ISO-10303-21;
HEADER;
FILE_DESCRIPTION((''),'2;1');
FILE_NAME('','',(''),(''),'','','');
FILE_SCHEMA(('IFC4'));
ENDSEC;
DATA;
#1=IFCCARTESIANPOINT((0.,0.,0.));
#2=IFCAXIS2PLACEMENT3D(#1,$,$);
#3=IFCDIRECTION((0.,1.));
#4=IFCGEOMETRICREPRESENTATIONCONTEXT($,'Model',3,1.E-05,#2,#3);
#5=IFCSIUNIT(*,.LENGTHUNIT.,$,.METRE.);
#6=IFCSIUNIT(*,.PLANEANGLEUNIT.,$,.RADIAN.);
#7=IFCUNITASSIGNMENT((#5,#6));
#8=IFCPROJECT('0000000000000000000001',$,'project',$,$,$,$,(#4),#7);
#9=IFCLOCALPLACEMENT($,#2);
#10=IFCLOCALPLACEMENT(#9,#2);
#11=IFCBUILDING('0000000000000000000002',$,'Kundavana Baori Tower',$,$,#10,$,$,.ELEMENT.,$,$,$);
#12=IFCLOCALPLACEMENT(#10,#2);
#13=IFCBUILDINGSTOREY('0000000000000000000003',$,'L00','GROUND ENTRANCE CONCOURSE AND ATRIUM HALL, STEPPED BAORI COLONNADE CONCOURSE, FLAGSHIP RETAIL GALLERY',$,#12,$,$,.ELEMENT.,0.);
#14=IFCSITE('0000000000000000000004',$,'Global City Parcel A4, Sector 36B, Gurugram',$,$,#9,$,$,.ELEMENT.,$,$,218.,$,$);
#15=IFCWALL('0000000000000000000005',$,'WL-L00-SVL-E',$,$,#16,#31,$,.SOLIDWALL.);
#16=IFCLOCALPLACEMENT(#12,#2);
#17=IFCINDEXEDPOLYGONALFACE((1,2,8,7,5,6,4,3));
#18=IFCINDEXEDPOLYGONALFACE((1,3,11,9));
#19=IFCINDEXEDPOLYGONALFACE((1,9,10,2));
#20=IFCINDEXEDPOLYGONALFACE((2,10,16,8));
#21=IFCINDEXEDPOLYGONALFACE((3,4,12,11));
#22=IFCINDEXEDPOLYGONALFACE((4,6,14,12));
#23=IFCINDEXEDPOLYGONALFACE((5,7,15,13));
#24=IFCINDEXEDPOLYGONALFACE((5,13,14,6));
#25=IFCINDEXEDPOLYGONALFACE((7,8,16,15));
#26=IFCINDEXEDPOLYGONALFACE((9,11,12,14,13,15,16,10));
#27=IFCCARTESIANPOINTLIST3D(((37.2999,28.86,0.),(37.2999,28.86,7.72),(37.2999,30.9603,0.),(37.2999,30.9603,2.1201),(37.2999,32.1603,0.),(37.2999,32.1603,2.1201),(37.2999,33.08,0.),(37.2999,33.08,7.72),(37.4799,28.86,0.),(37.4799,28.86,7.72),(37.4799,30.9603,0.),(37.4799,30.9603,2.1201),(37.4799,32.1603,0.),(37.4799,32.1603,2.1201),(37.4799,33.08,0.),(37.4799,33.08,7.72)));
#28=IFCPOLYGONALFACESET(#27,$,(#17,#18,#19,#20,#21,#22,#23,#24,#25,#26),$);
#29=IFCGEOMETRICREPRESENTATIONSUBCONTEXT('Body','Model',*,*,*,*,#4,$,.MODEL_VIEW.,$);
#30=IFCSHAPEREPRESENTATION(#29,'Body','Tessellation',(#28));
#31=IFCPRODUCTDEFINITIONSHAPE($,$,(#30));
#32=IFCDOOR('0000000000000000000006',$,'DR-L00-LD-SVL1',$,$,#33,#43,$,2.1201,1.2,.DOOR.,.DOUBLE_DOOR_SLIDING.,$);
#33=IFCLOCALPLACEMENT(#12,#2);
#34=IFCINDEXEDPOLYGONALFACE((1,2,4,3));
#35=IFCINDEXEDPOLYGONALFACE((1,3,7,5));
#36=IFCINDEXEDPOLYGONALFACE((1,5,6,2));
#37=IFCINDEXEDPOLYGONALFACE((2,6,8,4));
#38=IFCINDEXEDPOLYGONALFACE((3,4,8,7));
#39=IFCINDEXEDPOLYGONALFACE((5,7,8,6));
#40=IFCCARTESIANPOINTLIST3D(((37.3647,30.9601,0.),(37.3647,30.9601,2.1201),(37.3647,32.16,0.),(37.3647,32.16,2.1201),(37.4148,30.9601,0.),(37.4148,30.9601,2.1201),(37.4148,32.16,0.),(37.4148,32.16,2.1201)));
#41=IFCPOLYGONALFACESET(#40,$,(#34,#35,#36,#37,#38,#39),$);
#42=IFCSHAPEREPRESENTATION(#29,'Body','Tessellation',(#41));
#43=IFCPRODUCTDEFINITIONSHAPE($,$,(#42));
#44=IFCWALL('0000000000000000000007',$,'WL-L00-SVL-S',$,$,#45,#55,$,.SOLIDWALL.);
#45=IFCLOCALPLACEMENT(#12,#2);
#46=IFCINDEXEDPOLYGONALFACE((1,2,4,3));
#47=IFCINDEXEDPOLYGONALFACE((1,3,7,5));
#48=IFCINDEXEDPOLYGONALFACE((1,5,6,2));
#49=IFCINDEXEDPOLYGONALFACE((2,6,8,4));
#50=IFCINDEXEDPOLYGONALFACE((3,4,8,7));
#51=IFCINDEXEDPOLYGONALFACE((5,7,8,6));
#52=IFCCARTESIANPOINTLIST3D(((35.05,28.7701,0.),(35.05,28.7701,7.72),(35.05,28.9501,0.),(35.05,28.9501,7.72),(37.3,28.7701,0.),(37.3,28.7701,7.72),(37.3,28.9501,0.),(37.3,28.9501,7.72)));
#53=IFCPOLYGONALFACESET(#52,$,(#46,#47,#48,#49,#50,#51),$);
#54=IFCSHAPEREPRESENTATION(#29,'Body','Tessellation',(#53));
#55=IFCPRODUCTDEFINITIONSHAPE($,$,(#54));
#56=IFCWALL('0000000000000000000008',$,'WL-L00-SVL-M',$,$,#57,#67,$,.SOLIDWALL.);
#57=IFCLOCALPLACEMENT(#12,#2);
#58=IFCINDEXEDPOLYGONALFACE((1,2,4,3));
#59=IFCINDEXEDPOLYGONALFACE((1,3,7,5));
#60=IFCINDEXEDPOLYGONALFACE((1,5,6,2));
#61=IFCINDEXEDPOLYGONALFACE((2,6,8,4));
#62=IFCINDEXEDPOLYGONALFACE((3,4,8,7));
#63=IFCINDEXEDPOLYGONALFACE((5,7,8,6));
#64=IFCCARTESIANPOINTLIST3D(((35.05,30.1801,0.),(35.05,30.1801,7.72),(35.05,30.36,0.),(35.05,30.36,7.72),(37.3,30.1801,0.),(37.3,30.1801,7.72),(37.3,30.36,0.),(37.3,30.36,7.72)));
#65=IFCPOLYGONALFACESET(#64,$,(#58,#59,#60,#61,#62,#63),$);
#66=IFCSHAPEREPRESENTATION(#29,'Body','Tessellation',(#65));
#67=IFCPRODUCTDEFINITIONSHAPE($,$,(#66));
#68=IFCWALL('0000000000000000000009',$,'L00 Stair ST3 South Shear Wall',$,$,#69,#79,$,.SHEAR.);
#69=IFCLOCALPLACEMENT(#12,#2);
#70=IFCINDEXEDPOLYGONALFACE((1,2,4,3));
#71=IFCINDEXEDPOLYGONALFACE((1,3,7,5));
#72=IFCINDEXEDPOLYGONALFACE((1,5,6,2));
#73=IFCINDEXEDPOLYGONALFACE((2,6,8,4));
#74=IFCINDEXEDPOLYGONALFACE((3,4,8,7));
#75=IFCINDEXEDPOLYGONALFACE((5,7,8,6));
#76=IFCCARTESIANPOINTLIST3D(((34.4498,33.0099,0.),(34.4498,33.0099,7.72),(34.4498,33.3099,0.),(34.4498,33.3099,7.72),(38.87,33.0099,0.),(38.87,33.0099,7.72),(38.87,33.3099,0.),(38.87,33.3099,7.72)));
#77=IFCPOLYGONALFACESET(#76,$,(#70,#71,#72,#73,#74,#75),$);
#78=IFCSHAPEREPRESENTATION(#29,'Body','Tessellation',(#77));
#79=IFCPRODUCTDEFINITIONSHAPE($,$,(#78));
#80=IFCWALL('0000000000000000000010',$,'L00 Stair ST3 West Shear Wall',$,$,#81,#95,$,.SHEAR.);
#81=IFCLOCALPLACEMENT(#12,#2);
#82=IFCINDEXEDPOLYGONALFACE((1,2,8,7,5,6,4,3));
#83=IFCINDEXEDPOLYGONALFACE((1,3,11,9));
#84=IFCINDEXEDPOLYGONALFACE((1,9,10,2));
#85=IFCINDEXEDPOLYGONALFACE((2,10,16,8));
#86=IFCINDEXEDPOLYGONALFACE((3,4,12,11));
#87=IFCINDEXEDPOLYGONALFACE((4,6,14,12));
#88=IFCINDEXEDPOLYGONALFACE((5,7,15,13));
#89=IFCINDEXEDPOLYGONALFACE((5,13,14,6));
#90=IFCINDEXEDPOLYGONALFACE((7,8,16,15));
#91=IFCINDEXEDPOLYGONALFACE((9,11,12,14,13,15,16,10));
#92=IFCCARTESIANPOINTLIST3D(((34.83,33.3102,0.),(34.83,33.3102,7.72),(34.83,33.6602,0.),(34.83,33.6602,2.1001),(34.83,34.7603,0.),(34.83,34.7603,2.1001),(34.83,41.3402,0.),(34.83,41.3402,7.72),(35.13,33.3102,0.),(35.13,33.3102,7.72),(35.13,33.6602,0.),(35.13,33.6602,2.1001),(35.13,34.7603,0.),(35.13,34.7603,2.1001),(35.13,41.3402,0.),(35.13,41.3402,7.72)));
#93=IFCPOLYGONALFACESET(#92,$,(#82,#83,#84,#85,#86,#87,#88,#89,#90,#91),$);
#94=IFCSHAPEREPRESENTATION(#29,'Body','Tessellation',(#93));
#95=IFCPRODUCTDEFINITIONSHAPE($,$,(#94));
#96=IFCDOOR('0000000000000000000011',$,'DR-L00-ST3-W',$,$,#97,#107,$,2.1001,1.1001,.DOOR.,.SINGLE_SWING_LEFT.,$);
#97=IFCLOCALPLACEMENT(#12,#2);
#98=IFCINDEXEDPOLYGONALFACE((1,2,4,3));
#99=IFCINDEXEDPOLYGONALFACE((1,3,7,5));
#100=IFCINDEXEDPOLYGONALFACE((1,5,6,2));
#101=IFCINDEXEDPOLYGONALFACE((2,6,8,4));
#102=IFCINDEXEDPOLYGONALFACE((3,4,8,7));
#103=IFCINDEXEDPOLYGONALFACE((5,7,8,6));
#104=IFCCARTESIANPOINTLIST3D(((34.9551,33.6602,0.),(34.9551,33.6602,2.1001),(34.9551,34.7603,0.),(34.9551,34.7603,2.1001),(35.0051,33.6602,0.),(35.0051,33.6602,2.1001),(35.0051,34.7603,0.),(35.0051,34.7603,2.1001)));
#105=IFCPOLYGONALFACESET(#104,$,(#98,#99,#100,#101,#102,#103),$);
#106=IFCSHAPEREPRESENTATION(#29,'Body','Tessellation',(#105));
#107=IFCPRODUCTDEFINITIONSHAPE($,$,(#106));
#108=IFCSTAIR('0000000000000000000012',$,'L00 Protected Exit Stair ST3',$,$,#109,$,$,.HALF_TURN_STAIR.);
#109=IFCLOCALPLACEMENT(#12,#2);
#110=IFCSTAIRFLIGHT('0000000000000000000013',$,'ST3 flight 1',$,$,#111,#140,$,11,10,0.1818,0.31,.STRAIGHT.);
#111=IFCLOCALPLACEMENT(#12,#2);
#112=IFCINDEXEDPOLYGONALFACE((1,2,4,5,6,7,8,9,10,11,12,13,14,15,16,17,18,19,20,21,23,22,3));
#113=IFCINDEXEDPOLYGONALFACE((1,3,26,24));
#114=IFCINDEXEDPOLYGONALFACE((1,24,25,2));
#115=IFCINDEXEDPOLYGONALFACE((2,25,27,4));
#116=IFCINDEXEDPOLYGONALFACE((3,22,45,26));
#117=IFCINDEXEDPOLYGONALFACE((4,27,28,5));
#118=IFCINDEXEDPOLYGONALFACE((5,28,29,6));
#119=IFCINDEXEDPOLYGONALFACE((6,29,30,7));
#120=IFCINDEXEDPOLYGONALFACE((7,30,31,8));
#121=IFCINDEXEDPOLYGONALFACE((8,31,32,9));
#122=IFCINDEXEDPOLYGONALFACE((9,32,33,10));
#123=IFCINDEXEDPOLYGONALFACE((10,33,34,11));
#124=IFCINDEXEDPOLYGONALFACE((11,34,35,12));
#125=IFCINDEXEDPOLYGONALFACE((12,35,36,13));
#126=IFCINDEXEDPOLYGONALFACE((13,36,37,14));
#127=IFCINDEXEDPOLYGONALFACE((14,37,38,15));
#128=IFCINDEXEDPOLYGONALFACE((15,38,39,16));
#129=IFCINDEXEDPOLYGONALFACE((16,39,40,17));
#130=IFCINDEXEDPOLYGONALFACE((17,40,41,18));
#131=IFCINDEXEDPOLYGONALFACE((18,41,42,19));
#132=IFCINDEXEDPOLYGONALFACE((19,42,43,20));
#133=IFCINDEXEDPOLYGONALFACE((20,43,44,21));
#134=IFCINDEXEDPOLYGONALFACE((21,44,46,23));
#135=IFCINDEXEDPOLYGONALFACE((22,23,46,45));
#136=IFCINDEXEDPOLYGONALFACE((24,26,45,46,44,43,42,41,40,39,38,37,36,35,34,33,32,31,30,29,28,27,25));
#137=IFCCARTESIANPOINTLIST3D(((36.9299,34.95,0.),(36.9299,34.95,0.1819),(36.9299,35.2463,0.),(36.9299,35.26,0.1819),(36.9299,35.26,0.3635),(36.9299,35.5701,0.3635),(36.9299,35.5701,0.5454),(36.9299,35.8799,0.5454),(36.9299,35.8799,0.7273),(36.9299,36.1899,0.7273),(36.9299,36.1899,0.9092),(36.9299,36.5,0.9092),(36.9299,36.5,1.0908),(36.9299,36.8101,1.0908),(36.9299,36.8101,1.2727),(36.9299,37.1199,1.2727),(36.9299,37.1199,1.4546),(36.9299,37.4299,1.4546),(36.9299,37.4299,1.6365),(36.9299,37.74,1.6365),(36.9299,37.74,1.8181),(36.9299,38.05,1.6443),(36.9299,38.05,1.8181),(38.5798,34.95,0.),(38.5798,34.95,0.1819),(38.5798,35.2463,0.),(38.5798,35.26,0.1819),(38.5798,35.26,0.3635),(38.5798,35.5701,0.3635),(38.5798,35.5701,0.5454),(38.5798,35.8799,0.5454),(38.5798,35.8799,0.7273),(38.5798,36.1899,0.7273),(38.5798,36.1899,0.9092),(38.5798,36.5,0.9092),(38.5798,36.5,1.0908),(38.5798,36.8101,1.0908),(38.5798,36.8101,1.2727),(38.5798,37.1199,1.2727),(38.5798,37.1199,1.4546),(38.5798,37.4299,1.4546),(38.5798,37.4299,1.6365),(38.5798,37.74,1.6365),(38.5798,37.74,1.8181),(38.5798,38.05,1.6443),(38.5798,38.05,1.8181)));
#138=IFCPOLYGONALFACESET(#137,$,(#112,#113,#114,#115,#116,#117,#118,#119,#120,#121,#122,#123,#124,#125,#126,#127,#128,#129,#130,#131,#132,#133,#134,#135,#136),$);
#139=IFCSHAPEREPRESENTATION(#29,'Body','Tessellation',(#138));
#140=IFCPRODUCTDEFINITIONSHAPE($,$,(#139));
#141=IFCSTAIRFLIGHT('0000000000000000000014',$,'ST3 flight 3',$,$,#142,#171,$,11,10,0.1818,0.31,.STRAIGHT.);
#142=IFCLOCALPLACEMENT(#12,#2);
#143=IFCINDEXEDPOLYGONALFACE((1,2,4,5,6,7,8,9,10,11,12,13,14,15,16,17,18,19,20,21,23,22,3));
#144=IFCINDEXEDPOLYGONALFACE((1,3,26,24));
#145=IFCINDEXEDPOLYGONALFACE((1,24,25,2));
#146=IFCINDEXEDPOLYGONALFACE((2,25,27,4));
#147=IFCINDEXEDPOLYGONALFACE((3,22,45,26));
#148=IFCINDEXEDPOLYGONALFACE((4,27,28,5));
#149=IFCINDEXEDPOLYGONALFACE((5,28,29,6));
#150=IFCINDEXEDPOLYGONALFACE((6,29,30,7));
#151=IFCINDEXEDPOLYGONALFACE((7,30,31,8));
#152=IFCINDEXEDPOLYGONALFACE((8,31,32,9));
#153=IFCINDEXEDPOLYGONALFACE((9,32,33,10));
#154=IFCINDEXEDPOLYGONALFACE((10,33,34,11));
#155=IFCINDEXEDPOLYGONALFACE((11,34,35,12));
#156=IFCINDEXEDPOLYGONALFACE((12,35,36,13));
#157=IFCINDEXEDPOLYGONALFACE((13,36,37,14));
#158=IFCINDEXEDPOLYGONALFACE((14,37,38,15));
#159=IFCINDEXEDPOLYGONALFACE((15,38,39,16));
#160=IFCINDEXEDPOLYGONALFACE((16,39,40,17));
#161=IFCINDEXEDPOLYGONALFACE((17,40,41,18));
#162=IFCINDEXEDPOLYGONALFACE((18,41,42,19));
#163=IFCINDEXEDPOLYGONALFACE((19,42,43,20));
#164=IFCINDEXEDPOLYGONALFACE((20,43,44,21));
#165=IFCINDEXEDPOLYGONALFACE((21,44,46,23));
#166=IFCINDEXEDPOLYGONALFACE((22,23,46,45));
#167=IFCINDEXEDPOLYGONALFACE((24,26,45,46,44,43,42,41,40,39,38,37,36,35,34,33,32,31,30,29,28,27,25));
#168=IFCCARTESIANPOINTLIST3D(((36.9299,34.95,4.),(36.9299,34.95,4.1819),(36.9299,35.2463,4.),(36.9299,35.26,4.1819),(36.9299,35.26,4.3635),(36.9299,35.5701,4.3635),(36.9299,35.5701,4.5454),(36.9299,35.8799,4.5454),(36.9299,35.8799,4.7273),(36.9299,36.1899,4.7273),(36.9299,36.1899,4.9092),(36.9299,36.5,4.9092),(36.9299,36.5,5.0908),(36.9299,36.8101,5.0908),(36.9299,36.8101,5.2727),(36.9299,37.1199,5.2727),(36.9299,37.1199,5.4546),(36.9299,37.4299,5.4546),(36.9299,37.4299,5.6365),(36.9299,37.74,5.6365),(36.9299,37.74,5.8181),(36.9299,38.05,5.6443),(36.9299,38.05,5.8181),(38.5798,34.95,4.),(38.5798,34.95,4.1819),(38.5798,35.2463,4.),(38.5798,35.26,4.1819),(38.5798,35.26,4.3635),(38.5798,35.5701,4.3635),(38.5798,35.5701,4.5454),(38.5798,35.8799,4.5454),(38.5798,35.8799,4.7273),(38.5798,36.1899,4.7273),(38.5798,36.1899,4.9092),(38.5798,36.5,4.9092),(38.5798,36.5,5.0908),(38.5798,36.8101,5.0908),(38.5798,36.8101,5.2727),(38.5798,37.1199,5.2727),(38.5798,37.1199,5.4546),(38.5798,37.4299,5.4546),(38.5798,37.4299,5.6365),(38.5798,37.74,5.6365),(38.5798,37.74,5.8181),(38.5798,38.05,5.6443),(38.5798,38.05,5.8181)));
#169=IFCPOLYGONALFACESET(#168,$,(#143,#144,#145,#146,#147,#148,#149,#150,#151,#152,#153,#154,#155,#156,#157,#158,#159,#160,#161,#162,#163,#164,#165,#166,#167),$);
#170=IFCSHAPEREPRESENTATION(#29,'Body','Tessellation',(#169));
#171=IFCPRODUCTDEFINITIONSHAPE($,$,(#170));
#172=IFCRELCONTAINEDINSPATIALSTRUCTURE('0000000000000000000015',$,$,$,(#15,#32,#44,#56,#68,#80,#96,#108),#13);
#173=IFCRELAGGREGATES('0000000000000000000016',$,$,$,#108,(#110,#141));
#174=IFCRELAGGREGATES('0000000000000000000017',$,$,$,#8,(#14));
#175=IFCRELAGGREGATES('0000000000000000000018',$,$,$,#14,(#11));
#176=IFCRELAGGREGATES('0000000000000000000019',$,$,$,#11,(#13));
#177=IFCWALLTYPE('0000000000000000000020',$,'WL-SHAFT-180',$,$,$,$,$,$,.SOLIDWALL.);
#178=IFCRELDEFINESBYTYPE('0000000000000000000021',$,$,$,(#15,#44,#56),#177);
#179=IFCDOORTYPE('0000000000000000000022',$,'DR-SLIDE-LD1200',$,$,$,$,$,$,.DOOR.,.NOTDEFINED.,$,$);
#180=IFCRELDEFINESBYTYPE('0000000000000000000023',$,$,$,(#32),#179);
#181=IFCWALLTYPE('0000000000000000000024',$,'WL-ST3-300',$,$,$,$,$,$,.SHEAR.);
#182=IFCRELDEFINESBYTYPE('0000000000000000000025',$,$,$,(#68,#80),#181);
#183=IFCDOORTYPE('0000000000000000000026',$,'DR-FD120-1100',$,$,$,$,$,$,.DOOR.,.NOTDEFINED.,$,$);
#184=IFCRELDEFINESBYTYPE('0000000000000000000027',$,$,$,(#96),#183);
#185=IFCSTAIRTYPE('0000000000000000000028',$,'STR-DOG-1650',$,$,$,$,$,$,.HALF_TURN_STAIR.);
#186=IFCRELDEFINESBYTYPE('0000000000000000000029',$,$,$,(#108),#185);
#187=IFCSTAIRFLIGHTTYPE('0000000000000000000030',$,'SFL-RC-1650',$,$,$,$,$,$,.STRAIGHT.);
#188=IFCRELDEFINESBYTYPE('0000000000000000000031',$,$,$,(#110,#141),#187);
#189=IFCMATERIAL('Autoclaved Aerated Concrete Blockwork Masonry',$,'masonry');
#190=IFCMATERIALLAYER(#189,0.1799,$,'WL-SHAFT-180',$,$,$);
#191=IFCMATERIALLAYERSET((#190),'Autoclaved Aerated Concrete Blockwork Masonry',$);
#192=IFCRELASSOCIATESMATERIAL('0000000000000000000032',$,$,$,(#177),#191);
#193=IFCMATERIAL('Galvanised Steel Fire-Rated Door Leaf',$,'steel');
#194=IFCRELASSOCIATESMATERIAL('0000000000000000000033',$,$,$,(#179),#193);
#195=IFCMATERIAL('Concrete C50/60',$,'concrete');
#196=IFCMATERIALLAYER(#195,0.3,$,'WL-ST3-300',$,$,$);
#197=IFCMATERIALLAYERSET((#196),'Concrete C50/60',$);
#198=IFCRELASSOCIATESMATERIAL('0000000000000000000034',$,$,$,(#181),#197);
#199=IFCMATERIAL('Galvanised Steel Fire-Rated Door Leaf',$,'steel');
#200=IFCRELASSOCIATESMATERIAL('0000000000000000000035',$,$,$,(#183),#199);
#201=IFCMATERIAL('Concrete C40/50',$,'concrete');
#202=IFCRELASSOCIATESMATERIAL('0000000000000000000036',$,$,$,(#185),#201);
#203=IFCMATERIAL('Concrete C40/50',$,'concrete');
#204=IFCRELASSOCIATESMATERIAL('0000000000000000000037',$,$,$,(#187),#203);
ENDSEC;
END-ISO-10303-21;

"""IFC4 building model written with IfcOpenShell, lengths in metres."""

from ifc_helpers import new_model, si_unit, direction, frame, frame_2d, origin, place, context, subcontext, project, spatial, polyline, rectangle, outline, extrude, material, layer, layer_set, type_object, element, fill, aggregate, save


model = new_model("IFC4")

# Units and contexts
model_context = context("Model", 3, precision=1e-05, world=origin(), true_north=direction((0.0, 1.0)))
body_context = subcontext(model_context, "Body", "Model", "MODEL_VIEW")
ifc_project = project(units=[si_unit("LENGTHUNIT", "METRE"), si_unit("PLANEANGLEUNIT", "RADIAN")], contexts=[model_context])

# Site, building, storey
site_placement = place(None, origin())
site = spatial("IfcSite", under=ifc_project, at=site_placement, Name="Global City Parcel A4, Sector 36B, Gurugram", CompositionType="ELEMENT", RefElevation=218.0)
building_placement = place(site_placement, origin())
building = spatial("IfcBuilding", under=site, at=building_placement, Name="Kundavana Baori Tower", CompositionType="ELEMENT")
storey_placement = place(building_placement, origin())
storey = spatial("IfcBuildingStorey", under=building, at=storey_placement, Name="L00", Description="GROUND ENTRANCE CONCOURSE AND ATRIUM HALL, STEPPED BAORI COLONNADE CONCOURSE, FLAGSHIP RETAIL GALLERY", CompositionType="ELEMENT", Elevation=0.0)

# Shared definitions
ifc_material_1 = material(Name="Autoclaved Aerated Concrete Blockwork Masonry", Category="masonry")
ifc_layer_1 = layer(ifc_material_1, 0.1799, Name="WL-SHAFT-180")
ifc_layer_set_1 = layer_set([ifc_layer_1], Name="Autoclaved Aerated Concrete Blockwork Masonry")
wall_type_1 = type_object("IfcWallType", Name="WL-SHAFT-180", PredefinedType="SOLIDWALL", material=ifc_layer_set_1)

# Wall, opening, door
wall_1_placement = place(storey_placement, frame((37.3899, 28.8601, 0.0), z_axis=(0.0, 0.0, 1.0), x_axis=(0.0, 1.0, 0.0)))
wall_1 = element("IfcWall", 1, at=wall_1_placement, inside=storey, type_object=wall_type_1, Name="WL-L00-SVL-E", PredefinedType="SOLIDWALL", context=body_context, shape_type="SweptSolid", body=[
    extrude(rectangle(XDim=4.22, YDim=0.1799, at=frame_2d((2.1099, 0.0))), origin(), (0.0, 0.0, 1.0), 7.72),
])
opening_1_placement = place(wall_1_placement, frame((2.1001, 0.0, 0.0)))
opening_1 = element("IfcOpeningElement", 2, at=opening_1_placement, cuts=wall_1, PredefinedType="OPENING", context=body_context, shape_type="SweptSolid", body=[
    extrude(rectangle(XDim=1.2, YDim=2.1201, at=frame_2d((0.6001, 1.0601))), frame((0.0, 0.1001, 0.0), z_axis=(0.0, -1.0, 0.0), x_axis=(1.0, 0.0, 0.0)), (0.0, 0.0, 1.0), 0.2),
])
ifc_material_2 = material(Name="Galvanised Steel Fire-Rated Door Leaf", Category="steel")
door_type_1 = type_object("IfcDoorType", Name="DR-SLIDE-LD1200", OperationType="NOTDEFINED", PredefinedType="DOOR", material=ifc_material_2)
door_1_placement = place(opening_1_placement, frame((1.2, 0.0, 0.0), z_axis=(0.0, 0.0, 1.0), x_axis=(-1.0, 0.0, 0.0)))
door_1 = element("IfcDoor", 3, at=door_1_placement, inside=storey, type_object=door_type_1, Name="DR-L00-LD-SVL1", OperationType="DOUBLE_DOOR_SLIDING", OverallHeight=2.1201, OverallWidth=1.2, PredefinedType="DOOR", context=body_context, shape_type="SweptSolid", body=[
    extrude(rectangle(XDim=1.2, YDim=2.1201, at=frame_2d((0.6001, 1.0601))), frame((0.0, 0.0249, 0.0), z_axis=(0.0, -1.0, 0.0), x_axis=(1.0, 0.0, 0.0)), (0.0, 0.0, 1.0), 0.05),
])
fill(opening_1, door_1)

# Walls
for number, where, z_axis, x_axis, name in (
    (4, (35.05, 28.8601, 0.0), (0.0, 0.0, 1.0), (1.0, 0.0, 0.0), "WL-L00-SVL-S"),
    (5, (35.05, 30.27, 0.0), (0.0, 0.0, 1.0), (1.0, 0.0, 0.0), "WL-L00-SVL-M"),
):
    element("IfcWall", number, at=place(storey_placement, frame(where, z_axis=z_axis, x_axis=x_axis)), inside=storey, type_object=wall_type_1, Name=name, PredefinedType="SOLIDWALL", context=body_context, shape_type="SweptSolid", body=[
        extrude(rectangle(XDim=2.25, YDim=0.1799, at=frame_2d((1.125, 0.0))), origin(), (0.0, 0.0, 1.0), 7.72),
    ])
ifc_material_3 = material(Name="Concrete C50/60", Category="concrete")
ifc_layer_2 = layer(ifc_material_3, 0.3, Name="WL-ST3-300")
ifc_layer_set_2 = layer_set([ifc_layer_2], Name="Concrete C50/60")
wall_type_2 = type_object("IfcWallType", Name="WL-ST3-300", PredefinedType="SHEAR", material=ifc_layer_set_2)
wall_2_placement = place(storey_placement, frame((34.45, 33.1599, 0.0), z_axis=(0.0, 0.0, 1.0), x_axis=(1.0, 0.0, 0.0)))
element("IfcWall", 6, at=wall_2_placement, inside=storey, type_object=wall_type_2, Name="L00 Stair ST3 South Shear Wall", PredefinedType="SHEAR", context=body_context, shape_type="SweptSolid", body=[
    extrude(rectangle(XDim=4.4202, YDim=0.3, at=frame_2d((2.21, 0.0))), origin(), (0.0, 0.0, 1.0), 7.72),
])

# Wall, opening, door
wall_3_placement = place(storey_placement, frame((34.98, 33.3101, 0.0), z_axis=(0.0, 0.0, 1.0), x_axis=(0.0, 1.0, 0.0)))
wall_3 = element("IfcWall", 7, at=wall_3_placement, inside=storey, type_object=wall_type_2, Name="L00 Stair ST3 West Shear Wall", PredefinedType="SHEAR", context=body_context, shape_type="SweptSolid", body=[
    extrude(rectangle(XDim=8.03, YDim=0.3, at=frame_2d((4.0151, 0.0))), origin(), (0.0, 0.0, 1.0), 7.72),
])
opening_2_placement = place(wall_3_placement, frame((0.3501, 0.0, 0.0)))
opening_2 = element("IfcOpeningElement", 8, at=opening_2_placement, cuts=wall_3, PredefinedType="OPENING", context=body_context, shape_type="SweptSolid", body=[
    extrude(rectangle(XDim=1.1001, YDim=2.1001, at=frame_2d((0.55, 1.05))), frame((0.0, 0.1602, 0.0), z_axis=(0.0, -1.0, 0.0), x_axis=(1.0, 0.0, 0.0)), (0.0, 0.0, 1.0), 0.3201),
])
ifc_material_4 = material(Name="Galvanised Steel Fire-Rated Door Leaf", Category="steel")
door_type_2 = type_object("IfcDoorType", Name="DR-FD120-1100", OperationType="NOTDEFINED", PredefinedType="DOOR", material=ifc_material_4)
door_2_placement = place(opening_2_placement, origin())
door_2 = element("IfcDoor", 9, at=door_2_placement, inside=storey, type_object=door_type_2, Name="DR-L00-ST3-W", OperationType="SINGLE_SWING_LEFT", OverallHeight=2.1001, OverallWidth=1.1001, PredefinedType="DOOR", context=body_context, shape_type="SweptSolid", body=[
    extrude(rectangle(XDim=1.1001, YDim=2.1001, at=frame_2d((0.55, 1.05))), frame((0.0, 0.0249, 0.0), z_axis=(0.0, -1.0, 0.0), x_axis=(1.0, 0.0, 0.0)), (0.0, 0.0, 1.0), 0.05),
])
fill(opening_2, door_2)

# Stair, stair flights
ifc_material_5 = material(Name="Concrete C40/50", Category="concrete")
stair_type = type_object("IfcStairType", Name="STR-DOG-1650", PredefinedType="HALF_TURN_STAIR", material=ifc_material_5)
stair_placement = place(storey_placement, origin())
stair = element("IfcStair", 10, at=stair_placement, inside=storey, type_object=stair_type, Name="L00 Protected Exit Stair ST3", PredefinedType="HALF_TURN_STAIR")
ifc_material_6 = material(Name="Concrete C40/50", Category="concrete")
stair_flight_type = type_object("IfcStairFlightType", Name="SFL-RC-1650", PredefinedType="STRAIGHT", material=ifc_material_6)
stair_flight_1_placement = place(storey_placement, frame((37.7549, 34.95, 0.0), z_axis=(0.0, 0.0, 1.0), x_axis=(0.0, 1.0, 0.0)))
stair_flight_1 = element("IfcStairFlight", 11, at=stair_flight_1_placement, type_object=stair_flight_type, Name="ST3 flight 1", NumberOfRisers=11, NumberOfTreads=10, PredefinedType="STRAIGHT", RiserHeight=0.1818, TreadLength=0.31, context=body_context, shape_type="SweptSolid", body=[
    extrude(outline(polyline([(0.0, 0.0), (0.0, 0.1819), (0.3101, 0.1819), (0.3101, 0.3635), (0.6201, 0.3635), (0.6201, 0.5454), (0.9299, 0.5454), (0.9299, 0.7273), (1.24, 0.7273), (1.24, 0.9092), (1.55, 0.9092), (1.55, 1.0908), (1.8601, 1.0908), (1.8601, 1.2727), (2.1699, 1.2727), (2.1699, 1.4546), (2.48, 1.4546), (2.48, 1.6365), (2.79, 1.6365), (2.79, 1.8181), (3.1001, 1.8181), (3.1001, 2.0), (3.1001, 1.6443), (0.2964, 0.0), (0.0, 0.0)])), frame((0.0, 0.825, 0.0), z_axis=(0.0, -1.0, 0.0), x_axis=(1.0, 0.0, 0.0)), (0.0, 0.0, 1.0), 1.6499),
])
stair_flight_2_placement = place(storey_placement, frame((37.7549, 34.95, 4.0), z_axis=(0.0, 0.0, 1.0), x_axis=(0.0, 1.0, 0.0)))
stair_flight_2 = element("IfcStairFlight", 12, at=stair_flight_2_placement, type_object=stair_flight_type, Name="ST3 flight 3", NumberOfRisers=11, NumberOfTreads=10, PredefinedType="STRAIGHT", RiserHeight=0.1818, TreadLength=0.31, context=body_context, shape_type="SweptSolid", body=[
    extrude(outline(polyline([(0.0, 0.0), (0.0, 0.1819), (0.3101, 0.1819), (0.3101, 0.3635), (0.6201, 0.3635), (0.6201, 0.5454), (0.9299, 0.5454), (0.9299, 0.7273), (1.24, 0.7273), (1.24, 0.9092), (1.55, 0.9092), (1.55, 1.0908), (1.8601, 1.0908), (1.8601, 1.2727), (2.1699, 1.2727), (2.1699, 1.4546), (2.48, 1.4546), (2.48, 1.6365), (2.79, 1.6365), (2.79, 1.8181), (3.1001, 1.8181), (3.1001, 2.0), (3.1001, 1.6443), (0.2964, 0.0), (0.0, 0.0)])), frame((0.0, 0.825, 0.0), z_axis=(0.0, -1.0, 0.0), x_axis=(1.0, 0.0, 0.0)), (0.0, 0.0, 1.0), 1.6499),
])
aggregate(stair, [stair_flight_1, stair_flight_2])

save(model, "model.ifc")
